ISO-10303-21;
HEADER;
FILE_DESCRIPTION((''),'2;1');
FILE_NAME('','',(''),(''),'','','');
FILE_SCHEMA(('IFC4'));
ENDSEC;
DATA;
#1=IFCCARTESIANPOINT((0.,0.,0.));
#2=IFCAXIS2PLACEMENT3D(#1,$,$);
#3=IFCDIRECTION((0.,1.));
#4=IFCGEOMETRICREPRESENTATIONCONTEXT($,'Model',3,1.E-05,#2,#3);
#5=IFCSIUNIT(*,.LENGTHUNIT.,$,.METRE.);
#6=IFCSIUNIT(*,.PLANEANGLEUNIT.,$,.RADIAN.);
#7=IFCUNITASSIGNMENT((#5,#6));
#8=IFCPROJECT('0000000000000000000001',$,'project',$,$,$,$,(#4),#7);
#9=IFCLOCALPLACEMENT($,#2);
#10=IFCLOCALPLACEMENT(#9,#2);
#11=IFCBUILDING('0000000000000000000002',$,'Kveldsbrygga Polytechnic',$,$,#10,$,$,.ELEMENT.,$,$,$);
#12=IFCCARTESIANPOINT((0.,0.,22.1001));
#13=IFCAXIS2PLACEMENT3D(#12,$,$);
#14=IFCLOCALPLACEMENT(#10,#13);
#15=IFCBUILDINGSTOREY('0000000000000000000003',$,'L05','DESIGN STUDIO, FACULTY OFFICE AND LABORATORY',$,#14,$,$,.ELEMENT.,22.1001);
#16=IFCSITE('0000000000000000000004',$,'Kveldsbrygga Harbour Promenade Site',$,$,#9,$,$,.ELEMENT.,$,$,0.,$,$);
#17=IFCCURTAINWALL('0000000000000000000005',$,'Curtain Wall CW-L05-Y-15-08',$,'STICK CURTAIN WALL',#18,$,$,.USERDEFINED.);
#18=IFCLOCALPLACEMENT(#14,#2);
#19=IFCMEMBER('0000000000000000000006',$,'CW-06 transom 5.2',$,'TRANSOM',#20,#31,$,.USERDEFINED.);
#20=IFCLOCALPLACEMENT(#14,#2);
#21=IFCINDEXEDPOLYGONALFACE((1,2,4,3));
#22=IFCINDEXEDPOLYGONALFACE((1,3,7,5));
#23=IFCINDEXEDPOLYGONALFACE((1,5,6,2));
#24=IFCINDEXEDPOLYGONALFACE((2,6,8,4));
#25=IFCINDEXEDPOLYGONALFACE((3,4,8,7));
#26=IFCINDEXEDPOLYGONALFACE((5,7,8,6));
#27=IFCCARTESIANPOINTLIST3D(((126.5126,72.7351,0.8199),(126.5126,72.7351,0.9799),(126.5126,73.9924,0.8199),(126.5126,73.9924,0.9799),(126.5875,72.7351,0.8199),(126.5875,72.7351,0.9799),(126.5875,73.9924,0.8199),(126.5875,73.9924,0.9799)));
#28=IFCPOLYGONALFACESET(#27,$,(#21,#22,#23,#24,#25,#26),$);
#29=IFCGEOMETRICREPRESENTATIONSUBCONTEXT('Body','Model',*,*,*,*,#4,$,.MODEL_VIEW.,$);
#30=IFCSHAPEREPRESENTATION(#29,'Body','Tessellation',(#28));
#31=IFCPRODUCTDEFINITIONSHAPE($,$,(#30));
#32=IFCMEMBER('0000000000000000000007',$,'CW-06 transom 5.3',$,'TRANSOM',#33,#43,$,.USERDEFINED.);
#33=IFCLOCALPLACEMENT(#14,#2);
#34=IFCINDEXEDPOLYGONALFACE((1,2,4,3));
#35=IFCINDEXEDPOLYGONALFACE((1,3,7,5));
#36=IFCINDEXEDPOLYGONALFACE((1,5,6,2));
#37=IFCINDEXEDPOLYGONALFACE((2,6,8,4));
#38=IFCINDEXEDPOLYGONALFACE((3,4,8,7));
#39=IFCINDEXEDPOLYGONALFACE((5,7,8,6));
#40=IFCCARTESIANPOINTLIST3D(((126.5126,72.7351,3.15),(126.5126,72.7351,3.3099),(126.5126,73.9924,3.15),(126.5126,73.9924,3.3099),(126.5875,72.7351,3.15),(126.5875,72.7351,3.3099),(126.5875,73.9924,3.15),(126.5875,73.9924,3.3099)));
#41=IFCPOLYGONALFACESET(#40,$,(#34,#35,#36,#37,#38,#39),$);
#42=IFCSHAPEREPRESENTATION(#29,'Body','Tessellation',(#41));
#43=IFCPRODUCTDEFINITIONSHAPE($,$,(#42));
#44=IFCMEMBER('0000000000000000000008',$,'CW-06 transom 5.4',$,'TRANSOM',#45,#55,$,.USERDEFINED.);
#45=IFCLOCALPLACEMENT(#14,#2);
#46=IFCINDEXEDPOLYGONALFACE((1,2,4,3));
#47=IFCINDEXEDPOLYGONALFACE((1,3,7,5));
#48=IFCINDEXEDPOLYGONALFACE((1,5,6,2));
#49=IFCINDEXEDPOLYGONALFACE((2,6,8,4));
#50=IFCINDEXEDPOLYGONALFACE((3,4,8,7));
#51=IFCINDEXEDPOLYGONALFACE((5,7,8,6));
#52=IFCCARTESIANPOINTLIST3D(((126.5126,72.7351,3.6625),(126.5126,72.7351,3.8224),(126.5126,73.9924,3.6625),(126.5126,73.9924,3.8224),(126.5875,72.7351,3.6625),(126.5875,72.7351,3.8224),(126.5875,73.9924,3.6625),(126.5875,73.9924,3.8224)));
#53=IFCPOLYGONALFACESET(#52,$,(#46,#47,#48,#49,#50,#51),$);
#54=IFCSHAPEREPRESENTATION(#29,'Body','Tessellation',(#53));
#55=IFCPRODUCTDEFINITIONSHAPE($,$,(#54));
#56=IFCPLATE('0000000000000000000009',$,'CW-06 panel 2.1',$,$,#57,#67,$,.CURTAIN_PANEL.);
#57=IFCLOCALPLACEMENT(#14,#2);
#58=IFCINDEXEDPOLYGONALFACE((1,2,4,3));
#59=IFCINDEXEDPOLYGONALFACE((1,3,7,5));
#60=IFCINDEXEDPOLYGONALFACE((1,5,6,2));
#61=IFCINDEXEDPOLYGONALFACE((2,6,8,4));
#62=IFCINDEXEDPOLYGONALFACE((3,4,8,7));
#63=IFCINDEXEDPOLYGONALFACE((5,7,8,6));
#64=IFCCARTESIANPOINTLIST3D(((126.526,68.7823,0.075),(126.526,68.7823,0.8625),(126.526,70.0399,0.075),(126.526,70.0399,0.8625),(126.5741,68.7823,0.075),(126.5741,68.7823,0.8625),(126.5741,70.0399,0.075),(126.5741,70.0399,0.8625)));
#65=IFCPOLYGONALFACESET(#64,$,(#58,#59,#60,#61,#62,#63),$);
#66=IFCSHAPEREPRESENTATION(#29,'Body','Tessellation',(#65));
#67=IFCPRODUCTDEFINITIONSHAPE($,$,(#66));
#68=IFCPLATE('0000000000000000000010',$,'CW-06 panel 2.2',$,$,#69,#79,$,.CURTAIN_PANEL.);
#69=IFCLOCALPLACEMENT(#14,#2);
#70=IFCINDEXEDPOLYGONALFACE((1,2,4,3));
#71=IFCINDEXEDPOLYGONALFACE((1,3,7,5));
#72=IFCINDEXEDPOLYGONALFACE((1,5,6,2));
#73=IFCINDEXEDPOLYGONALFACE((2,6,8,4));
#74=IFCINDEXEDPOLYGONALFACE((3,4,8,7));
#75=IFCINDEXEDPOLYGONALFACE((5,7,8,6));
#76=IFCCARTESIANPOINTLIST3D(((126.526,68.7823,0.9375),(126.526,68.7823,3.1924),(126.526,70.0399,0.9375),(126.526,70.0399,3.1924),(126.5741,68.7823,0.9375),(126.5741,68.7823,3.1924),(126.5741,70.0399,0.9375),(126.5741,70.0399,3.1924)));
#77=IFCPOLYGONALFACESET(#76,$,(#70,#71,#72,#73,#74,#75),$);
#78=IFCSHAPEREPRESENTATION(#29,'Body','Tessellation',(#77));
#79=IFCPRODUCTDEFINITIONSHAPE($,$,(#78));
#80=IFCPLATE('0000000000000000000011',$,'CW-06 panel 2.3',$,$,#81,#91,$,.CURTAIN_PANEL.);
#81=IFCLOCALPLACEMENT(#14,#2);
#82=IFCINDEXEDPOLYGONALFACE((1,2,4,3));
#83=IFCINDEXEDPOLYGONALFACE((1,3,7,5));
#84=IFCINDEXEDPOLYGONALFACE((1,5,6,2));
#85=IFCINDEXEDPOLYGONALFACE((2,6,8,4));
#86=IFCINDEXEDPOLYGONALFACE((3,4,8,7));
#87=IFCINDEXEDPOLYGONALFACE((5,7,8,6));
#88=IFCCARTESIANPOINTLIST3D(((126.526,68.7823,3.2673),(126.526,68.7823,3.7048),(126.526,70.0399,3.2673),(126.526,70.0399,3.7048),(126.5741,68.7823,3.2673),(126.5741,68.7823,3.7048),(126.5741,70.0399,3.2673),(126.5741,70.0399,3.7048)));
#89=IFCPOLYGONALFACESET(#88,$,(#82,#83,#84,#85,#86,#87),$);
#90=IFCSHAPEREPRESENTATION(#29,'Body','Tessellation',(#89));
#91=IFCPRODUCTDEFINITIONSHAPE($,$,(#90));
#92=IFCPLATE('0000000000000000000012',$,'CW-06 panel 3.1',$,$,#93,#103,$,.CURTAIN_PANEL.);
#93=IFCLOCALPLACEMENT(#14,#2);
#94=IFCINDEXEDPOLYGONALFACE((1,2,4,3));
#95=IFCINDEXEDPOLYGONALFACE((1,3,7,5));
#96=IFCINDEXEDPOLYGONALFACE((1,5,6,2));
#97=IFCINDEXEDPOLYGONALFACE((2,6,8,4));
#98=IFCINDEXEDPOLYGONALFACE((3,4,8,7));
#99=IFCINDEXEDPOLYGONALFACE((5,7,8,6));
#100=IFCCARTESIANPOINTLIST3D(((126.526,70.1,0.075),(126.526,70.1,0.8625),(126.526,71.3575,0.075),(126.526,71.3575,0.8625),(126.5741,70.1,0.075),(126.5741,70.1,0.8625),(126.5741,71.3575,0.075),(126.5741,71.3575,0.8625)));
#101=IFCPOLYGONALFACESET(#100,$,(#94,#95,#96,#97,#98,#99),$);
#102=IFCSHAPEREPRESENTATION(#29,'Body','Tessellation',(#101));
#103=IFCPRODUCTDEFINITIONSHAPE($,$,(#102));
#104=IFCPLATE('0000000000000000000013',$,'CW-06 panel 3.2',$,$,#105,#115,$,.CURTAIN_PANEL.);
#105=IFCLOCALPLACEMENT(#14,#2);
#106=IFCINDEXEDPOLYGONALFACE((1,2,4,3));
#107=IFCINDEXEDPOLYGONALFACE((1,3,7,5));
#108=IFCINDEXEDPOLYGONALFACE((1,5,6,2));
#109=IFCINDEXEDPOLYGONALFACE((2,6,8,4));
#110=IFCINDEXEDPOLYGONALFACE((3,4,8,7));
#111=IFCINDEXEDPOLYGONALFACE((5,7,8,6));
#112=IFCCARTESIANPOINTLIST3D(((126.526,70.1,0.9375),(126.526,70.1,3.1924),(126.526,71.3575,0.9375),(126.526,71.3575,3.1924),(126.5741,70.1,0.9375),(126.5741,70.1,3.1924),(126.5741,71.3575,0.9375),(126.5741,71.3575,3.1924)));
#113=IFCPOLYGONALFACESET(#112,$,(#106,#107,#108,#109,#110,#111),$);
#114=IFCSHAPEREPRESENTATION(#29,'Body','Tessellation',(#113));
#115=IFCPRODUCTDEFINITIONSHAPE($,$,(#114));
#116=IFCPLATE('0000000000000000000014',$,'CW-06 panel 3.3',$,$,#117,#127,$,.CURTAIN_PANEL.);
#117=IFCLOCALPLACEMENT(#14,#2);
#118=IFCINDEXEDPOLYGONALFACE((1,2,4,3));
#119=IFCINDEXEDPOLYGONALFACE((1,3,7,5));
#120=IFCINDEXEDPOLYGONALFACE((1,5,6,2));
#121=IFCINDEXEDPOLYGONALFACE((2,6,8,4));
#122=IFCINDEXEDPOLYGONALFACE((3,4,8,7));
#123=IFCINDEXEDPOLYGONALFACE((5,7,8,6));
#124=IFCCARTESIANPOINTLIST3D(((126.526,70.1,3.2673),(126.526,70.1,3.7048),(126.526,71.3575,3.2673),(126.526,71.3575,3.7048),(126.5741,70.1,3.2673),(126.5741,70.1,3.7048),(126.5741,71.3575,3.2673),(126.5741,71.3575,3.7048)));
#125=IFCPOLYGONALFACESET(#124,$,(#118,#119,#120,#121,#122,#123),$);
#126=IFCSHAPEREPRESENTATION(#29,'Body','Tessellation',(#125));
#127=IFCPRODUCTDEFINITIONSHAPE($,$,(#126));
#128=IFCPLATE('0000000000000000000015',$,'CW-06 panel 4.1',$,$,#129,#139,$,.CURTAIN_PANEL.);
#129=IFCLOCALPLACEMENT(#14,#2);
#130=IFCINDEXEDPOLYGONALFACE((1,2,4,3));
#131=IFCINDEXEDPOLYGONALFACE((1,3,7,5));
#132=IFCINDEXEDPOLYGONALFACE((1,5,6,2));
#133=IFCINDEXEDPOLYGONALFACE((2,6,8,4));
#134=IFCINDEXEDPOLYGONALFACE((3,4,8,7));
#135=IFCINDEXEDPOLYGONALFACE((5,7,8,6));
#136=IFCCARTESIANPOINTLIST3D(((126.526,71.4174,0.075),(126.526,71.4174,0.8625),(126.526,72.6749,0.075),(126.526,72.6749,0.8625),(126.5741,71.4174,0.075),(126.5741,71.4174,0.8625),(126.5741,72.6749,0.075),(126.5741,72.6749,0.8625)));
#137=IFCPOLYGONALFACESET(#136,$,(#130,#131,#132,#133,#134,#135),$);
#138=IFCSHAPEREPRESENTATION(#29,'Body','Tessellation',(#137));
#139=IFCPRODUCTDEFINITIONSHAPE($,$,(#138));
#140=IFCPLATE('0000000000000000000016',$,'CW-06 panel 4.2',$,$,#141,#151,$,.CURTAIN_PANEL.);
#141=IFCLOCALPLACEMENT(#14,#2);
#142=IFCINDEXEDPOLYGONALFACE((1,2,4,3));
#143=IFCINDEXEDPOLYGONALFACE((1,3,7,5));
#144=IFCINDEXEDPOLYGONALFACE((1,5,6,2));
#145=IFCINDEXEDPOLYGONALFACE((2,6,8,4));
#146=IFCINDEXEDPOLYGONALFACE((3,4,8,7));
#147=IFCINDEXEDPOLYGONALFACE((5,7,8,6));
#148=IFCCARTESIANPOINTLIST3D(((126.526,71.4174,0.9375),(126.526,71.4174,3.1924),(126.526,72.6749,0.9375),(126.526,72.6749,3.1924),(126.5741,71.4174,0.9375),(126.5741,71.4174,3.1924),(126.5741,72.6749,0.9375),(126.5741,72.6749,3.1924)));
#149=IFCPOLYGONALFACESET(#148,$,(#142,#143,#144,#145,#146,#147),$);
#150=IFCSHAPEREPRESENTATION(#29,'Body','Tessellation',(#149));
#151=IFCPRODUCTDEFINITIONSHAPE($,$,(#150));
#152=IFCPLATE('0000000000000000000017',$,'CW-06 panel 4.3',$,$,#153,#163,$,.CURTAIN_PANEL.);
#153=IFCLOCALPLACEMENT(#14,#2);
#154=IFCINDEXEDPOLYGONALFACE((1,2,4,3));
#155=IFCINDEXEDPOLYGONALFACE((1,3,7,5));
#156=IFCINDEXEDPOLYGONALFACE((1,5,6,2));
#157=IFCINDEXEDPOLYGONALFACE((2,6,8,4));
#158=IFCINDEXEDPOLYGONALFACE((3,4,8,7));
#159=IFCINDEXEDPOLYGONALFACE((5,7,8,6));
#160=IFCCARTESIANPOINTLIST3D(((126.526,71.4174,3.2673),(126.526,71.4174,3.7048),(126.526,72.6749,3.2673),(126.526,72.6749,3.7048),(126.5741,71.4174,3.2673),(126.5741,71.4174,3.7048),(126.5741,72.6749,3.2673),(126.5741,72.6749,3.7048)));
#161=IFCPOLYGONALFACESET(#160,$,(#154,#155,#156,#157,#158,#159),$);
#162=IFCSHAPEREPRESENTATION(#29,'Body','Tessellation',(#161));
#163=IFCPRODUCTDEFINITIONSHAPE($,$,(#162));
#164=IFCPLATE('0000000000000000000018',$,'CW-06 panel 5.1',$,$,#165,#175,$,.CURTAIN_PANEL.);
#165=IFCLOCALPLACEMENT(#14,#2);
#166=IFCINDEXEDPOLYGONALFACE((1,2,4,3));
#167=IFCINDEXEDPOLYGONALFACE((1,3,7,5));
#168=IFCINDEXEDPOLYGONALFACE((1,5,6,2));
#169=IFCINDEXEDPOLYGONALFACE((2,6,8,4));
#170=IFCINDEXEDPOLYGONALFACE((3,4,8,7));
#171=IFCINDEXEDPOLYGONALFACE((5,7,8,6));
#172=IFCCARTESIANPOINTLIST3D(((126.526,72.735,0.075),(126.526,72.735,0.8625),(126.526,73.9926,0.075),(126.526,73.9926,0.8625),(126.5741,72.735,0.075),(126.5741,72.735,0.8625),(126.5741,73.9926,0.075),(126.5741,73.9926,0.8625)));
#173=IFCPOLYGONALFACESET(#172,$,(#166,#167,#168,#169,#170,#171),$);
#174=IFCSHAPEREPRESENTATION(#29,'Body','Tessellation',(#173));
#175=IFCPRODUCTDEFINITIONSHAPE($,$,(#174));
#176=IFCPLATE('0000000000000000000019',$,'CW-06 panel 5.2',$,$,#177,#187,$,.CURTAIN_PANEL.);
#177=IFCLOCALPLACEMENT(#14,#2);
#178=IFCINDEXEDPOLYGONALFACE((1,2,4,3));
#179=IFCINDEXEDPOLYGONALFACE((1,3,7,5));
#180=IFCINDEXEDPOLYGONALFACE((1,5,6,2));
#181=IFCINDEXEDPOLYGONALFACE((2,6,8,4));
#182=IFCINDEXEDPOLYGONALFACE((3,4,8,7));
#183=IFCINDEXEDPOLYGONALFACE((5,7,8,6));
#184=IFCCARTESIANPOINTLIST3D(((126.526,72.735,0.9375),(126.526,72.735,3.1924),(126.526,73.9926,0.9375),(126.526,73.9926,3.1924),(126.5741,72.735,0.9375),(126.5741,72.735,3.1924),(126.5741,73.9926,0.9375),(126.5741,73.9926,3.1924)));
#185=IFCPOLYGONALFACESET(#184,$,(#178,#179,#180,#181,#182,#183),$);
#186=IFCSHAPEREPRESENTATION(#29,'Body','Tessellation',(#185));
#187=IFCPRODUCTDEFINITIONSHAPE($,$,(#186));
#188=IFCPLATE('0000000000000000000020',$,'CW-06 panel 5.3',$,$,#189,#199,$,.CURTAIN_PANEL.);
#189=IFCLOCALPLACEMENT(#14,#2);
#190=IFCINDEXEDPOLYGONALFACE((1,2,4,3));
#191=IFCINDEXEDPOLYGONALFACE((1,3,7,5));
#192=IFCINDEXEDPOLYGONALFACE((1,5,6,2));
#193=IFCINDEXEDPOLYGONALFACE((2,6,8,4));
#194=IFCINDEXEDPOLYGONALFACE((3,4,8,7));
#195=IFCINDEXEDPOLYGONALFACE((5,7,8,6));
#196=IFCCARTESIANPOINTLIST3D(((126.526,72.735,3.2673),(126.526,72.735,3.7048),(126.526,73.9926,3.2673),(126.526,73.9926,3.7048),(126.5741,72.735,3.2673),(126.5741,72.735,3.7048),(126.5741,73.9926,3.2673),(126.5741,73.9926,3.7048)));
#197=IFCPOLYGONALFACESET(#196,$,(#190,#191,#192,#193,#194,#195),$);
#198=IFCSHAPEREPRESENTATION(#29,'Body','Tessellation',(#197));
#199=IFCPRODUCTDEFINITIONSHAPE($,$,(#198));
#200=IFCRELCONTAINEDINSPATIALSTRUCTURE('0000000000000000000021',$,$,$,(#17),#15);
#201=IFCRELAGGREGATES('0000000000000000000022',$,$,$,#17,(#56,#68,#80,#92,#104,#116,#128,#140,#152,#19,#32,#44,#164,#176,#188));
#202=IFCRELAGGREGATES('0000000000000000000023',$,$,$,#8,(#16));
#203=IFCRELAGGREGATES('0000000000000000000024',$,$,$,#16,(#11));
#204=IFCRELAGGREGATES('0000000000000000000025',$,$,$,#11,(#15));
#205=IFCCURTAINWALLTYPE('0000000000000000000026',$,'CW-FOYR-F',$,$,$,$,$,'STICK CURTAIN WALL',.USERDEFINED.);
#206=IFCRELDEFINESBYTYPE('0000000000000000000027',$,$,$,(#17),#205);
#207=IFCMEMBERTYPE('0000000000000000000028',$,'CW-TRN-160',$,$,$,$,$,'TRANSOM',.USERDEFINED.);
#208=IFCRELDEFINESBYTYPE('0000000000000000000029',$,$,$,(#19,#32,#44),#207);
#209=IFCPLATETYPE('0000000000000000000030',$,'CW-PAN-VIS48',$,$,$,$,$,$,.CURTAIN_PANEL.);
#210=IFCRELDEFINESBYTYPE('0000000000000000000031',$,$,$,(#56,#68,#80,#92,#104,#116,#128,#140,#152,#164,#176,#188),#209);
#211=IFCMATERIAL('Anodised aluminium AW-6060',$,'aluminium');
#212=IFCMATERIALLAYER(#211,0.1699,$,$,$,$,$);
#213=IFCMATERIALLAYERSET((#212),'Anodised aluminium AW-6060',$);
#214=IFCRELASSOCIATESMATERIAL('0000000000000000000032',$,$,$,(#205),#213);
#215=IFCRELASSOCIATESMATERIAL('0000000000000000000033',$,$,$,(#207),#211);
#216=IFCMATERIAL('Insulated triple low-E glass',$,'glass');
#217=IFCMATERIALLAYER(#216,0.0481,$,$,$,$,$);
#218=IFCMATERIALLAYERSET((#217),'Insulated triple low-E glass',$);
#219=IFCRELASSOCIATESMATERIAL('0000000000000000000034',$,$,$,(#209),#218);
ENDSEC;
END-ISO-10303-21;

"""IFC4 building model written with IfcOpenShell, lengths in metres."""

from ifc_helpers import new_model, si_unit, direction, frame, origin, origin_2d, place, context, subcontext, project, spatial, rectangle, extrude, material, layer, layer_set, material_profile, profile_set, type_object, element, aggregate, save


model = new_model("IFC4")

# Units and contexts
model_context = context("Model", 3, precision=1e-05, world=origin(), true_north=direction((0.0, 1.0)))
body_context = subcontext(model_context, "Body", "Model", "MODEL_VIEW")
ifc_project = project(units=[si_unit("LENGTHUNIT", "METRE"), si_unit("PLANEANGLEUNIT", "RADIAN")], contexts=[model_context])

# Site, building, storey
site_placement = place(None, origin())
site = spatial("IfcSite", under=ifc_project, at=site_placement, Name="Kveldsbrygga Harbour Promenade Site", CompositionType="ELEMENT", RefElevation=0.0)
building_placement = place(site_placement, origin())
building = spatial("IfcBuilding", under=site, at=building_placement, Name="Kveldsbrygga Polytechnic", CompositionType="ELEMENT")
storey_placement = place(building_placement, frame((0.0, 0.0, 22.1001)))
storey = spatial("IfcBuildingStorey", under=building, at=storey_placement, Name="L05", Description="DESIGN STUDIO, FACULTY OFFICE AND LABORATORY", CompositionType="ELEMENT", Elevation=22.1001)

# Curtain wall, members, plates
ifc_material_1 = material(Name="Anodised aluminium AW-6060", Category="aluminium")
ifc_layer_1 = layer(ifc_material_1, 0.1699)
ifc_layer_set_1 = layer_set([ifc_layer_1], Name="Anodised aluminium AW-6060")
curtain_wall_type = type_object("IfcCurtainWallType", Name="CW-FOYR-F", ElementType="STICK CURTAIN WALL", PredefinedType="USERDEFINED", material=ifc_layer_set_1)
curtain_wall_placement = place(storey_placement, origin())
curtain_wall = element("IfcCurtainWall", 1, at=curtain_wall_placement, inside=storey, type_object=curtain_wall_type, Name="Curtain Wall CW-L05-Y-15-08", ObjectType="STICK CURTAIN WALL", PredefinedType="USERDEFINED")
ifc_material_profile_1 = material_profile(ifc_material_1, rectangle(XDim=0.075, YDim=0.1599, at=origin_2d()), Name="ALU 75x160")
ifc_profile_set_1 = profile_set([ifc_material_profile_1], Name="Anodised aluminium AW-6060")
member_type_1 = type_object("IfcMemberType", Name="CW-TRN-160", ElementType="TRANSOM", PredefinedType="USERDEFINED", material=ifc_profile_set_1)
member_1_placement = place(storey_placement, frame((126.55, 72.7351, 0.8999), z_axis=(0.0, 1.0, 0.0), x_axis=(-1.0, 0.0, 0.0)))
member_1 = element("IfcMember", 2, at=member_1_placement, type_object=member_type_1, Name="CW-06 transom 5.2", ObjectType="TRANSOM", PredefinedType="USERDEFINED", context=body_context, shape_type="SweptSolid", body=[
    extrude(rectangle(XDim=0.075, YDim=0.1599, at=origin_2d()), origin(), (0.0, 0.0, 1.0), 1.2573),
])
member_2_placement = place(storey_placement, frame((126.55, 72.7351, 3.23), z_axis=(0.0, 1.0, 0.0), x_axis=(-1.0, 0.0, 0.0)))
member_2 = element("IfcMember", 3, at=member_2_placement, type_object=member_type_1, Name="CW-06 transom 5.3", ObjectType="TRANSOM", PredefinedType="USERDEFINED", context=body_context, shape_type="SweptSolid", body=[
    extrude(rectangle(XDim=0.075, YDim=0.1599, at=origin_2d()), origin(), (0.0, 0.0, 1.0), 1.2573),
])
member_3_placement = place(storey_placement, frame((126.55, 72.7351, 3.7424), z_axis=(0.0, 1.0, 0.0), x_axis=(-1.0, 0.0, 0.0)))
member_3 = element("IfcMember", 4, at=member_3_placement, type_object=member_type_1, Name="CW-06 transom 5.4", ObjectType="TRANSOM", PredefinedType="USERDEFINED", context=body_context, shape_type="SweptSolid", body=[
    extrude(rectangle(XDim=0.075, YDim=0.1599, at=origin_2d()), origin(), (0.0, 0.0, 1.0), 1.2573),
])
ifc_material_2 = material(Name="Insulated triple low-E glass", Category="glass")
ifc_layer_2 = layer(ifc_material_2, 0.0481)
ifc_layer_set_2 = layer_set([ifc_layer_2], Name="Insulated triple low-E glass")
plate_type = type_object("IfcPlateType", Name="CW-PAN-VIS48", PredefinedType="CURTAIN_PANEL", material=ifc_layer_set_2)
plate_1_placement = place(storey_placement, frame((126.55, 69.4111, 0.075), z_axis=(0.0, 0.0, 1.0), x_axis=(0.0, 1.0, 0.0)))
plate_1 = element("IfcPlate", 5, at=plate_1_placement, type_object=plate_type, Name="CW-06 panel 2.1", PredefinedType="CURTAIN_PANEL", context=body_context, shape_type="SweptSolid", body=[
    extrude(rectangle(XDim=1.2576, YDim=0.0481, at=origin_2d()), origin(), (0.0, 0.0, 1.0), 0.7876),
])
plate_2_placement = place(storey_placement, frame((126.55, 69.4111, 0.9375), z_axis=(0.0, 0.0, 1.0), x_axis=(0.0, 1.0, 0.0)))
plate_2 = element("IfcPlate", 6, at=plate_2_placement, type_object=plate_type, Name="CW-06 panel 2.2", PredefinedType="CURTAIN_PANEL", context=body_context, shape_type="SweptSolid", body=[
    extrude(rectangle(XDim=1.2576, YDim=0.0481, at=origin_2d()), origin(), (0.0, 0.0, 1.0), 2.2549),
])
plate_3_placement = place(storey_placement, frame((126.55, 69.4111, 3.2673), z_axis=(0.0, 0.0, 1.0), x_axis=(0.0, 1.0, 0.0)))
plate_3 = element("IfcPlate", 7, at=plate_3_placement, type_object=plate_type, Name="CW-06 panel 2.3", PredefinedType="CURTAIN_PANEL", context=body_context, shape_type="SweptSolid", body=[
    extrude(rectangle(XDim=1.2576, YDim=0.0481, at=origin_2d()), origin(), (0.0, 0.0, 1.0), 0.4375),
])
plate_4_placement = place(storey_placement, frame((126.55, 70.7288, 0.075), z_axis=(0.0, 0.0, 1.0), x_axis=(0.0, 1.0, 0.0)))
plate_4 = element("IfcPlate", 8, at=plate_4_placement, type_object=plate_type, Name="CW-06 panel 3.1", PredefinedType="CURTAIN_PANEL", context=body_context, shape_type="SweptSolid", body=[
    extrude(rectangle(XDim=1.2576, YDim=0.0481, at=origin_2d()), origin(), (0.0, 0.0, 1.0), 0.7876),
])
plate_5_placement = place(storey_placement, frame((126.55, 70.7288, 0.9375), z_axis=(0.0, 0.0, 1.0), x_axis=(0.0, 1.0, 0.0)))
plate_5 = element("IfcPlate", 9, at=plate_5_placement, type_object=plate_type, Name="CW-06 panel 3.2", PredefinedType="CURTAIN_PANEL", context=body_context, shape_type="SweptSolid", body=[
    extrude(rectangle(XDim=1.2576, YDim=0.0481, at=origin_2d()), origin(), (0.0, 0.0, 1.0), 2.2549),
])
plate_6_placement = place(storey_placement, frame((126.55, 70.7288, 3.2673), z_axis=(0.0, 0.0, 1.0), x_axis=(0.0, 1.0, 0.0)))
plate_6 = element("IfcPlate", 10, at=plate_6_placement, type_object=plate_type, Name="CW-06 panel 3.3", PredefinedType="CURTAIN_PANEL", context=body_context, shape_type="SweptSolid", body=[
    extrude(rectangle(XDim=1.2576, YDim=0.0481, at=origin_2d()), origin(), (0.0, 0.0, 1.0), 0.4375),
])
plate_7_placement = place(storey_placement, frame((126.55, 72.0461, 0.075), z_axis=(0.0, 0.0, 1.0), x_axis=(0.0, 1.0, 0.0)))
plate_7 = element("IfcPlate", 11, at=plate_7_placement, type_object=plate_type, Name="CW-06 panel 4.1", PredefinedType="CURTAIN_PANEL", context=body_context, shape_type="SweptSolid", body=[
    extrude(rectangle(XDim=1.2576, YDim=0.0481, at=origin_2d()), origin(), (0.0, 0.0, 1.0), 0.7876),
])
plate_8_placement = place(storey_placement, frame((126.55, 72.0461, 0.9375), z_axis=(0.0, 0.0, 1.0), x_axis=(0.0, 1.0, 0.0)))
plate_8 = element("IfcPlate", 12, at=plate_8_placement, type_object=plate_type, Name="CW-06 panel 4.2", PredefinedType="CURTAIN_PANEL", context=body_context, shape_type="SweptSolid", body=[
    extrude(rectangle(XDim=1.2576, YDim=0.0481, at=origin_2d()), origin(), (0.0, 0.0, 1.0), 2.2549),
])
plate_9_placement = place(storey_placement, frame((126.55, 72.0461, 3.2673), z_axis=(0.0, 0.0, 1.0), x_axis=(0.0, 1.0, 0.0)))
plate_9 = element("IfcPlate", 13, at=plate_9_placement, type_object=plate_type, Name="CW-06 panel 4.3", PredefinedType="CURTAIN_PANEL", context=body_context, shape_type="SweptSolid", body=[
    extrude(rectangle(XDim=1.2576, YDim=0.0481, at=origin_2d()), origin(), (0.0, 0.0, 1.0), 0.4375),
])
plate_10_placement = place(storey_placement, frame((126.55, 73.3638, 0.075), z_axis=(0.0, 0.0, 1.0), x_axis=(0.0, 1.0, 0.0)))
plate_10 = element("IfcPlate", 14, at=plate_10_placement, type_object=plate_type, Name="CW-06 panel 5.1", PredefinedType="CURTAIN_PANEL", context=body_context, shape_type="SweptSolid", body=[
    extrude(rectangle(XDim=1.2576, YDim=0.0481, at=origin_2d()), origin(), (0.0, 0.0, 1.0), 0.7876),
])
plate_11_placement = place(storey_placement, frame((126.55, 73.3638, 0.9375), z_axis=(0.0, 0.0, 1.0), x_axis=(0.0, 1.0, 0.0)))
plate_11 = element("IfcPlate", 15, at=plate_11_placement, type_object=plate_type, Name="CW-06 panel 5.2", PredefinedType="CURTAIN_PANEL", context=body_context, shape_type="SweptSolid", body=[
    extrude(rectangle(XDim=1.2576, YDim=0.0481, at=origin_2d()), origin(), (0.0, 0.0, 1.0), 2.2549),
])
plate_12_placement = place(storey_placement, frame((126.55, 73.3638, 3.2673), z_axis=(0.0, 0.0, 1.0), x_axis=(0.0, 1.0, 0.0)))
plate_12 = element("IfcPlate", 16, at=plate_12_placement, type_object=plate_type, Name="CW-06 panel 5.3", PredefinedType="CURTAIN_PANEL", context=body_context, shape_type="SweptSolid", body=[
    extrude(rectangle(XDim=1.2576, YDim=0.0481, at=origin_2d()), origin(), (0.0, 0.0, 1.0), 0.4375),
])
aggregate(curtain_wall, [plate_1, plate_2, plate_3, plate_4, plate_5, plate_6, plate_7, plate_8, plate_9, member_1, member_2, member_3, plate_10, plate_11, plate_12])

save(model, "model.ifc")
